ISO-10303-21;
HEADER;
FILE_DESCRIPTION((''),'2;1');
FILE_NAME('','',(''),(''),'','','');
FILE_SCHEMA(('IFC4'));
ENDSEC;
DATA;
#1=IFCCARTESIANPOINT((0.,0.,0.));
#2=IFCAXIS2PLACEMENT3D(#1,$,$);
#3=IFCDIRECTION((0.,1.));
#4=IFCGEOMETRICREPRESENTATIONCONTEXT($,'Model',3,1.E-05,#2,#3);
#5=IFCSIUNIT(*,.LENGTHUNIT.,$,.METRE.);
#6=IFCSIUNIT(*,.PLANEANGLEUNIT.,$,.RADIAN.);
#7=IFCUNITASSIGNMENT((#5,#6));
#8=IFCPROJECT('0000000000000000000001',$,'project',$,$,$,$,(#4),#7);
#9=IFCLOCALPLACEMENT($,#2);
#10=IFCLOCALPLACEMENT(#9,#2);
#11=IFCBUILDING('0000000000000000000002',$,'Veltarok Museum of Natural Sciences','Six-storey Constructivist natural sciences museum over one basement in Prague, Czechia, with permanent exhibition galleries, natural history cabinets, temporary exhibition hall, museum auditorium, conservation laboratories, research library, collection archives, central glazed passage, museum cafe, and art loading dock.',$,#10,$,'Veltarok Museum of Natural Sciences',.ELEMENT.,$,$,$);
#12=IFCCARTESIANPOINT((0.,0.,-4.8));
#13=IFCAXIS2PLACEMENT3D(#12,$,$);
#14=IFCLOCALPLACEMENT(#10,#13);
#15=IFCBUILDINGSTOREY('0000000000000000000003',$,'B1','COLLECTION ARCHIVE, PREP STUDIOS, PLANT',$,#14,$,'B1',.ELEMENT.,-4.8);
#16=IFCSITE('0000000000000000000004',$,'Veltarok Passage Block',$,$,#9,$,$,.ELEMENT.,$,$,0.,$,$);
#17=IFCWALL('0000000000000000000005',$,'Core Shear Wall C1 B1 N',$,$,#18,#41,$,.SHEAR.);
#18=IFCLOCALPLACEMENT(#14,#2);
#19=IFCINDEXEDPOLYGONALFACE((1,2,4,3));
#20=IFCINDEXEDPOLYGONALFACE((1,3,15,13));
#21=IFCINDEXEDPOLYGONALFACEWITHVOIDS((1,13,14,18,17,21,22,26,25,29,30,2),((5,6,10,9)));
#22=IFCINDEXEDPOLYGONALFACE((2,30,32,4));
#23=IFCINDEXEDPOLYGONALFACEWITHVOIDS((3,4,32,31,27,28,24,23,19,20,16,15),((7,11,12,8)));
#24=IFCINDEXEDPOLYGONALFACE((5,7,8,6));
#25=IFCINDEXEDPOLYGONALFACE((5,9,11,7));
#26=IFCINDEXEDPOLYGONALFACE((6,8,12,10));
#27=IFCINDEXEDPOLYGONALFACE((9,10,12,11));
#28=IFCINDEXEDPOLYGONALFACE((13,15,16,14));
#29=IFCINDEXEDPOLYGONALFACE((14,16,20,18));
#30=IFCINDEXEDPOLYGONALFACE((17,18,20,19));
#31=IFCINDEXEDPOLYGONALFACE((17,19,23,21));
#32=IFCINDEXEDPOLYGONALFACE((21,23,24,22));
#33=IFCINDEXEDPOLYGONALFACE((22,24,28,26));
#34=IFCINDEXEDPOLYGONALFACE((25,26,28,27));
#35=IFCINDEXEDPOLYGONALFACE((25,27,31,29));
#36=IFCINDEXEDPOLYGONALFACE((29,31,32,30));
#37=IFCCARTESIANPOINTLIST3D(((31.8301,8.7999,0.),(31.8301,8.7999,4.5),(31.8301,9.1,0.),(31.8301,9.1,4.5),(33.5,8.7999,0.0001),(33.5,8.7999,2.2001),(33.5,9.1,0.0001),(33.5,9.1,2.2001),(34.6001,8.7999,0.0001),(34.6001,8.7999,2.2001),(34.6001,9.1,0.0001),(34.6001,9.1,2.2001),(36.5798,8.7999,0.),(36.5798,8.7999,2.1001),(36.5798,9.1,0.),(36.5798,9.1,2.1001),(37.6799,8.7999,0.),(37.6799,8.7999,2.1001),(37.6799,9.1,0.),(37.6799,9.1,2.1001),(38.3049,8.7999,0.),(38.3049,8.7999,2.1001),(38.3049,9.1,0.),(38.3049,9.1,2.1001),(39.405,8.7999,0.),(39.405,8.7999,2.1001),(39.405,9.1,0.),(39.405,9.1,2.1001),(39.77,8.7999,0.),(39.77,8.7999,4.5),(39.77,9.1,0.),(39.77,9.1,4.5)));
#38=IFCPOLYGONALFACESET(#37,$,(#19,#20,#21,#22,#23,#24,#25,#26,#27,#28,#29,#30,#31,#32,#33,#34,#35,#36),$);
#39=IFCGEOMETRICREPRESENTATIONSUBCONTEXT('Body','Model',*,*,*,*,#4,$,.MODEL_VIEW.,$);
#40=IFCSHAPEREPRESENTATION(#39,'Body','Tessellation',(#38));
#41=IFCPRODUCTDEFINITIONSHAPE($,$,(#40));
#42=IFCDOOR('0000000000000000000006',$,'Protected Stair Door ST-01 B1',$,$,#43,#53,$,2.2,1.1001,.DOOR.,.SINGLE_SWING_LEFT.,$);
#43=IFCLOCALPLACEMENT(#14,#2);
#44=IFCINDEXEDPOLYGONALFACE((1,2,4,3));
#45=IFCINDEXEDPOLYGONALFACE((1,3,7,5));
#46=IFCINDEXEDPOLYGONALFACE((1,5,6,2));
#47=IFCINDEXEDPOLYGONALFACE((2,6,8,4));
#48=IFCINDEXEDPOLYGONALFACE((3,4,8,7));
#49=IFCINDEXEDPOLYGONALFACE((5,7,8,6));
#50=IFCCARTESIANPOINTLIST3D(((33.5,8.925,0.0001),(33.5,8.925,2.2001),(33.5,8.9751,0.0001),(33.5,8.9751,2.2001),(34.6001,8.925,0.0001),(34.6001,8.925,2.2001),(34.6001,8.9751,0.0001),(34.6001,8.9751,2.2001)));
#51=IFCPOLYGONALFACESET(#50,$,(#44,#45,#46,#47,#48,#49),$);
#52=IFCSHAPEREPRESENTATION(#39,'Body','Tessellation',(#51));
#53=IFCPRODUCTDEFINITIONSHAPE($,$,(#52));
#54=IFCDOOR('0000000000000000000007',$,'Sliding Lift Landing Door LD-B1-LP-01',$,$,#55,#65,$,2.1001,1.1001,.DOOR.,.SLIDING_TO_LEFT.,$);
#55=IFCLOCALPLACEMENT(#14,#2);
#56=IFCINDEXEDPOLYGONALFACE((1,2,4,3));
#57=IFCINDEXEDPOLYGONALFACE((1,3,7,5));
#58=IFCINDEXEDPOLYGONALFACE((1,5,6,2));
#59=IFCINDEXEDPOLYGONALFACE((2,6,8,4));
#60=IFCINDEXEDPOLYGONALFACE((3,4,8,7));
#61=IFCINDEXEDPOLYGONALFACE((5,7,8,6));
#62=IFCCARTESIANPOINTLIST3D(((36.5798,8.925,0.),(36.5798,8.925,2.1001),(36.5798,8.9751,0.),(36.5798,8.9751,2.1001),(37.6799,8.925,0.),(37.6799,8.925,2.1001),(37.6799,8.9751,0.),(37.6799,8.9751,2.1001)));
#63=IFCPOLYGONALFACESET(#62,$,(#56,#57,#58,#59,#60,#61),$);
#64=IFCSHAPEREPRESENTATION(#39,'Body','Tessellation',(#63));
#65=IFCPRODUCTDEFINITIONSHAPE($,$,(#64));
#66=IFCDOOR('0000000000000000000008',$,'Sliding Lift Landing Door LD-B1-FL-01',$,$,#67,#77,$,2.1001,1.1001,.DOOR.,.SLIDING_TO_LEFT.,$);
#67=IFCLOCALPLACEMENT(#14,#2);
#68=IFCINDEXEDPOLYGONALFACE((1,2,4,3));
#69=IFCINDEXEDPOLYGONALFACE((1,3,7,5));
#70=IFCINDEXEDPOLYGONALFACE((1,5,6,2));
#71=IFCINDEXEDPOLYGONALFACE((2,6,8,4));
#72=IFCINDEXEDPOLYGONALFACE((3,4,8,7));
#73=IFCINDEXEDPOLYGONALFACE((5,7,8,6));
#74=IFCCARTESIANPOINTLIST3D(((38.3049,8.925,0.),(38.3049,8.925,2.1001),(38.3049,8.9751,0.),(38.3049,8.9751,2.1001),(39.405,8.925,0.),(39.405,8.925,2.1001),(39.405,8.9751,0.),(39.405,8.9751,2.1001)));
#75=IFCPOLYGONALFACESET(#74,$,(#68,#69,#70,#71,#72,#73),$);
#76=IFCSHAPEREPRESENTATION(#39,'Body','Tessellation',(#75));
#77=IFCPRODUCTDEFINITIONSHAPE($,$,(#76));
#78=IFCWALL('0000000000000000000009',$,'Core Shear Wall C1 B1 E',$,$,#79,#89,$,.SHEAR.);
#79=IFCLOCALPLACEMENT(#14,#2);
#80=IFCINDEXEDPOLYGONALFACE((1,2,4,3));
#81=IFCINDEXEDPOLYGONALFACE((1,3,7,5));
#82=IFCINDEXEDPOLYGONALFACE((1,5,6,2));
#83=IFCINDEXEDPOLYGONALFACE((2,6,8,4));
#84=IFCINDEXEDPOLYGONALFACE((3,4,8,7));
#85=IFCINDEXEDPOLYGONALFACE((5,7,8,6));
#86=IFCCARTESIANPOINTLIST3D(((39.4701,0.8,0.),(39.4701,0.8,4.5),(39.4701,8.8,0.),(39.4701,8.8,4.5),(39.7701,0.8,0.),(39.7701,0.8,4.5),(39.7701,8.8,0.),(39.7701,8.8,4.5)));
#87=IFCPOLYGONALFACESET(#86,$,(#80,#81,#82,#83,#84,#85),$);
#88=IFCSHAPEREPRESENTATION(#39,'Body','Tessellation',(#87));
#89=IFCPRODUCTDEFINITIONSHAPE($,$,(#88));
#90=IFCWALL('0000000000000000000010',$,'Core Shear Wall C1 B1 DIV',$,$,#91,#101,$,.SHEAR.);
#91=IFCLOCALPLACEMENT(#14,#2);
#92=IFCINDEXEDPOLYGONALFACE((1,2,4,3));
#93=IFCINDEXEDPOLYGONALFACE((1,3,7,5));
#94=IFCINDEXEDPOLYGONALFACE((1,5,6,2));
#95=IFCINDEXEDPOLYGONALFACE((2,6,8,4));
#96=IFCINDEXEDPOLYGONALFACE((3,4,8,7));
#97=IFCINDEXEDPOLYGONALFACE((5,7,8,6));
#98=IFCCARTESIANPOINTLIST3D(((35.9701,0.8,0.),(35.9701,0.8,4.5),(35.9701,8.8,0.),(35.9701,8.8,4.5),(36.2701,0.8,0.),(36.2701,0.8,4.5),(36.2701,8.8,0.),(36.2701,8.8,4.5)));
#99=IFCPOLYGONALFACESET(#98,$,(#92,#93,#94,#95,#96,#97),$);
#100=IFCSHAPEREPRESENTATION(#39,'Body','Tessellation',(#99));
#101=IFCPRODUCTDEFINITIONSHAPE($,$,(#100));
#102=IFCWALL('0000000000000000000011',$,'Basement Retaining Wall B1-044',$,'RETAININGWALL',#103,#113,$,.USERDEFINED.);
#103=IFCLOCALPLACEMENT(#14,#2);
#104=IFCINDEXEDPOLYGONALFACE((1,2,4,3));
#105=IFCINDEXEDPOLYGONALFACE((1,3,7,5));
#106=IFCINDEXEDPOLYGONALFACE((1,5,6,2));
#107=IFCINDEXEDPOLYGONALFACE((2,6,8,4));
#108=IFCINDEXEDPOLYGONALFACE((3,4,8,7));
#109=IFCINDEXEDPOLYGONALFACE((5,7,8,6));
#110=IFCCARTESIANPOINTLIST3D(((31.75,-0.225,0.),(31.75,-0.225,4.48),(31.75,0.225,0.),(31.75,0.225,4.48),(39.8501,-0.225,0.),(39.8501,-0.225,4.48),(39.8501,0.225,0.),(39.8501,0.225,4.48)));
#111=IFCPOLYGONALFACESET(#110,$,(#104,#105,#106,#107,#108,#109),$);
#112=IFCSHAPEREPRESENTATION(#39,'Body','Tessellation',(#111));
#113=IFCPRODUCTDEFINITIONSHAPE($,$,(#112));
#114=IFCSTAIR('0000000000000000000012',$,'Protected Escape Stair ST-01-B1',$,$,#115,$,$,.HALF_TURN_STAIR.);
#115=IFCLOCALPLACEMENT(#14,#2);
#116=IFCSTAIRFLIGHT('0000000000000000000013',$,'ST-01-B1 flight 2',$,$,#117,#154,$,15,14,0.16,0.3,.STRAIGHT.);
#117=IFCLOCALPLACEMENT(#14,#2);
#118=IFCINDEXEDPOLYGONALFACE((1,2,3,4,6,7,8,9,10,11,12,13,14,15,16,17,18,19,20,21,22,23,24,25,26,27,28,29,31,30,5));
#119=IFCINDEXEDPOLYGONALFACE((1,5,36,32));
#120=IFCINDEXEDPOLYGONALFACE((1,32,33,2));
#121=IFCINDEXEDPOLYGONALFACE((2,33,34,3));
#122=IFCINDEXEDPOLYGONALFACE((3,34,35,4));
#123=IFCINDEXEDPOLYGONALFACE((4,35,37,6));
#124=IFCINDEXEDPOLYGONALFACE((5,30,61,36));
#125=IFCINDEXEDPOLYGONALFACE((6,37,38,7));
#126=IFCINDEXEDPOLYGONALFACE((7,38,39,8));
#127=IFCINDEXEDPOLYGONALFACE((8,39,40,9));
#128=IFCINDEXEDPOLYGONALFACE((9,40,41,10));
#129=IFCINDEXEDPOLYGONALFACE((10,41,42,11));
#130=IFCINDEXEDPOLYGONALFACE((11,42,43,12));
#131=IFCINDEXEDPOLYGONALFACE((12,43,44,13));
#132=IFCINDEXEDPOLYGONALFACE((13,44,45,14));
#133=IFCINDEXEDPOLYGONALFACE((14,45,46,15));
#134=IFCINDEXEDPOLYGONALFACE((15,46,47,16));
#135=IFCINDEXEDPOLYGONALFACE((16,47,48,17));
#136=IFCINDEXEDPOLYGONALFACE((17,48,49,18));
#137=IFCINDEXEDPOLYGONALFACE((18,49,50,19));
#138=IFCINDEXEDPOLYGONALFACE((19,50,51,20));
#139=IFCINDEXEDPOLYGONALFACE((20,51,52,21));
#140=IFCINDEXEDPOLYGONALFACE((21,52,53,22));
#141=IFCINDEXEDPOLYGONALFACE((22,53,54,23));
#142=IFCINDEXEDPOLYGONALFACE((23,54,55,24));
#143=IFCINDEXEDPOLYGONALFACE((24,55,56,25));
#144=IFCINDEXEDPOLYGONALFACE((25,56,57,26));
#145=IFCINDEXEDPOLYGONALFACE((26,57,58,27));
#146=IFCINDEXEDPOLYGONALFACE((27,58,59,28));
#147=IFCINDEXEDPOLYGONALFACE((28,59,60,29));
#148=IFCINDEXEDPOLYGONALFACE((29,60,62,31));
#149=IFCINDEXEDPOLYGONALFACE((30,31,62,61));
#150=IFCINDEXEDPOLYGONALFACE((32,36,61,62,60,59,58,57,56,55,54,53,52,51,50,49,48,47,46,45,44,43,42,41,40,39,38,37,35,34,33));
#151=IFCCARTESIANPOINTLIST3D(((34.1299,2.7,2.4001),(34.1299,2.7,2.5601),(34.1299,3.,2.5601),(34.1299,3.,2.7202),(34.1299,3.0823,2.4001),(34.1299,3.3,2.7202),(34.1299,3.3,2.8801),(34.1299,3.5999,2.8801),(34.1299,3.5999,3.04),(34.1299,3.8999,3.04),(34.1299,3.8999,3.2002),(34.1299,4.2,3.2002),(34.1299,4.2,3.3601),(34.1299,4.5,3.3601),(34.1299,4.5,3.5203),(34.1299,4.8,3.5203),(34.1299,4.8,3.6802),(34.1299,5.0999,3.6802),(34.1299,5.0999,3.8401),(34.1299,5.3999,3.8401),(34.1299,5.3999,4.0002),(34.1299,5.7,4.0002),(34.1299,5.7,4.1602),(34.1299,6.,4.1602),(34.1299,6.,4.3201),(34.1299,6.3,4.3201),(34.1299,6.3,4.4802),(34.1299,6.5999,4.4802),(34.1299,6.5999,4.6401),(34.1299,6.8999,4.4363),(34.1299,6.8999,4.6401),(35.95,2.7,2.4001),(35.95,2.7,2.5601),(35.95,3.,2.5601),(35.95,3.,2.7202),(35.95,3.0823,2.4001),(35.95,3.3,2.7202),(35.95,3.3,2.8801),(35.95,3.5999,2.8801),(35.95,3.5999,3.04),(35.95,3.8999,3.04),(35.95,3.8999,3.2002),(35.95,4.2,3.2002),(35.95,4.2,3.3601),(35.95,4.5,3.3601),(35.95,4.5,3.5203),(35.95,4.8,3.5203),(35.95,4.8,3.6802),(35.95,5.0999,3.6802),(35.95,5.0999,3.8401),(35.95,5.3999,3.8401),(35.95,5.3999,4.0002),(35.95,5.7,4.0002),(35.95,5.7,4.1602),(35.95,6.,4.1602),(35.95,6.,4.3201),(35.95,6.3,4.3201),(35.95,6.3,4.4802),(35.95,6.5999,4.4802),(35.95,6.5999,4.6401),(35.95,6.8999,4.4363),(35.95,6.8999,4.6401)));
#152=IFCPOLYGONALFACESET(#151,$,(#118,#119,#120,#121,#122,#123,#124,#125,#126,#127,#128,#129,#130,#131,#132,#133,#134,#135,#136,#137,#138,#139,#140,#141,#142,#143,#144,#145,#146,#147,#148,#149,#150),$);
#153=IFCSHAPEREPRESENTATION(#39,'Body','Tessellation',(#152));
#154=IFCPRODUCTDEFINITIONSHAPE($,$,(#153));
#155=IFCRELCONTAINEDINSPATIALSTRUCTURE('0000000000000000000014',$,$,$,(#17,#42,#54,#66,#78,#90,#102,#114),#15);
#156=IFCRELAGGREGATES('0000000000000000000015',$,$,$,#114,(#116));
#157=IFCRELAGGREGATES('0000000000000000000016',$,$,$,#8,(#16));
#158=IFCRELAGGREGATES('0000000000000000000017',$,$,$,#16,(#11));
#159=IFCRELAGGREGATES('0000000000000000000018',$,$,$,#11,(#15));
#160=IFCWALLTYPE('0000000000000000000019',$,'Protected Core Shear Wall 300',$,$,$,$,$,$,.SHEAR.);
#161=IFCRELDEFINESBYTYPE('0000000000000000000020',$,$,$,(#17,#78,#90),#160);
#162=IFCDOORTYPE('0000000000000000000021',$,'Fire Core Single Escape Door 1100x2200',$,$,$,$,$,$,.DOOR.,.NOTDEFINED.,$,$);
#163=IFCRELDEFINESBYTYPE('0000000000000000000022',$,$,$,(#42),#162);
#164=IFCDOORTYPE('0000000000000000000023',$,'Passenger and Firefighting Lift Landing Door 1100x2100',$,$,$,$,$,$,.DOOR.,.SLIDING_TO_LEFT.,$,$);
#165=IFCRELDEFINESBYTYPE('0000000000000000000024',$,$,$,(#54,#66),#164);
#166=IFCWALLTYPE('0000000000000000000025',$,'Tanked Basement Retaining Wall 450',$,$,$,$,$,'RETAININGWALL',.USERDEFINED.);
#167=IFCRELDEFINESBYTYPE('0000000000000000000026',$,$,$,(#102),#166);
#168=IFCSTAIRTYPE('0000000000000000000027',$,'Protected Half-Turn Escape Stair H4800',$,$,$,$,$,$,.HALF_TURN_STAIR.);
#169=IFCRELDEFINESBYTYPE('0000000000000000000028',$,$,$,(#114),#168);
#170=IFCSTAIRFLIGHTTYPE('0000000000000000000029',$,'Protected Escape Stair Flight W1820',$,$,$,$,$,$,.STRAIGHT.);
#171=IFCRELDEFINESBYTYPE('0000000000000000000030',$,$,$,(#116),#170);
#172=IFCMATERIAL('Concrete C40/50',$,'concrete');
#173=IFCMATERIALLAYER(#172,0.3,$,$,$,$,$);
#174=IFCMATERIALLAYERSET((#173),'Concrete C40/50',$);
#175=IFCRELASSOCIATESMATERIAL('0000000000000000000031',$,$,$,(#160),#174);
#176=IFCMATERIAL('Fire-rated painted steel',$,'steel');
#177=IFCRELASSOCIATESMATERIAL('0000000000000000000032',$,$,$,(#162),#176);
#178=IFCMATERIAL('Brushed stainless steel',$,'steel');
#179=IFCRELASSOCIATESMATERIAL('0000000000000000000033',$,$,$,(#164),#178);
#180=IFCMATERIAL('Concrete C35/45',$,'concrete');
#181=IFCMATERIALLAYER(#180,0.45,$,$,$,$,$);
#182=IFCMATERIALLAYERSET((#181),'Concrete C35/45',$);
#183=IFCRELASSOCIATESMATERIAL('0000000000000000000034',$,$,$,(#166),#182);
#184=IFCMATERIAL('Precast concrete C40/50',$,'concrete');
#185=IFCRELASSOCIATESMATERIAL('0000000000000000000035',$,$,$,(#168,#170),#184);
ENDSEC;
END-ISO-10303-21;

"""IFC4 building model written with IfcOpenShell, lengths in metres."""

from ifc_helpers import new_model, si_unit, direction, frame, frame_2d, origin, place, context, subcontext, project, spatial, polyline, rectangle, outline, extrude, material, layer, layer_set, type_object, element, fill, aggregate, save


model = new_model("IFC4")

# Units and contexts
model_context = context("Model", 3, precision=1e-05, world=origin(), true_north=direction((0.0, 1.0)))
body_context = subcontext(model_context, "Body", "Model", "MODEL_VIEW")
ifc_project = project(units=[si_unit("LENGTHUNIT", "METRE"), si_unit("PLANEANGLEUNIT", "RADIAN")], contexts=[model_context])

# Site, building, storey
site_placement = place(None, origin())
site = spatial("IfcSite", under=ifc_project, at=site_placement, Name="Veltarok Passage Block", CompositionType="ELEMENT", RefElevation=0.0)
building_placement = place(site_placement, origin())
building = spatial("IfcBuilding", under=site, at=building_placement, Name="Veltarok Museum of Natural Sciences", Description="Six-storey Constructivist natural sciences museum over one basement in Prague, Czechia, with permanent exhibition galleries, natural history cabinets, temporary exhibition hall, museum auditorium, conservation laboratories, research library, collection archives, central glazed passage, museum cafe, and art loading dock.", LongName="Veltarok Museum of Natural Sciences", CompositionType="ELEMENT")
storey_placement = place(building_placement, frame((0.0, 0.0, -4.8)))
storey = spatial("IfcBuildingStorey", under=building, at=storey_placement, Name="B1", Description="COLLECTION ARCHIVE, PREP STUDIOS, PLANT", LongName="B1", CompositionType="ELEMENT", Elevation=-4.8)

# Shared definitions
ifc_material_1 = material(Name="Concrete C35/45", Category="concrete")

# Shared definitions
ifc_material_2 = material(Name="Concrete C40/50", Category="concrete")

# Wall, openings, doors
ifc_layer_1 = layer(ifc_material_2, 0.3)
ifc_layer_set_1 = layer_set([ifc_layer_1], Name="Concrete C40/50")
wall_type_1 = type_object("IfcWallType", Name="Protected Core Shear Wall 300", PredefinedType="SHEAR", material=ifc_layer_set_1)
wall_1_placement = place(storey_placement, frame((39.77, 8.95, 0.0), z_axis=(0.0, 0.0, 1.0), x_axis=(-1.0, 0.0, 0.0)))
wall_1 = element("IfcWall", 1, at=wall_1_placement, inside=storey, type_object=wall_type_1, Name="Core Shear Wall C1 B1 N", PredefinedType="SHEAR", context=body_context, shape_type="SweptSolid", body=[
    extrude(rectangle(XDim=7.9399, YDim=0.3, at=frame_2d((3.97, 0.0))), origin(), (0.0, 0.0, 1.0), 4.5),
])
opening_1_placement = place(wall_1_placement, frame((5.1699, 0.0, 0.0)))
opening_1 = element("IfcOpeningElement", 2, at=opening_1_placement, cuts=wall_1, PredefinedType="OPENING", context=body_context, shape_type="SweptSolid", body=[
    extrude(rectangle(XDim=1.1001, YDim=2.2, at=frame_2d((0.55, 1.1001))), frame((0.0, 0.1602, 0.0), z_axis=(0.0, -1.0, 0.0), x_axis=(1.0, 0.0, 0.0)), (0.0, 0.0, 1.0), 0.3201),
])
opening_2_placement = place(wall_1_placement, frame((2.0901, 0.0, 0.0)))
opening_2 = element("IfcOpeningElement", 3, at=opening_2_placement, cuts=wall_1, PredefinedType="OPENING", context=body_context, shape_type="SweptSolid", body=[
    extrude(rectangle(XDim=1.1001, YDim=2.1001, at=frame_2d((0.55, 1.05))), frame((0.0, 0.1602, 0.0), z_axis=(0.0, -1.0, 0.0), x_axis=(1.0, 0.0, 0.0)), (0.0, 0.0, 1.0), 0.3201),
])
opening_3_placement = place(wall_1_placement, frame((0.365, 0.0, 0.0)))
opening_3 = element("IfcOpeningElement", 4, at=opening_3_placement, cuts=wall_1, PredefinedType="OPENING", context=body_context, shape_type="SweptSolid", body=[
    extrude(rectangle(XDim=1.1001, YDim=2.1001, at=frame_2d((0.55, 1.05))), frame((0.0, 0.1602, 0.0), z_axis=(0.0, -1.0, 0.0), x_axis=(1.0, 0.0, 0.0)), (0.0, 0.0, 1.0), 0.3201),
])
ifc_material_3 = material(Name="Fire-rated painted steel", Category="steel")
door_type_1 = type_object("IfcDoorType", Name="Fire Core Single Escape Door 1100x2200", OperationType="NOTDEFINED", PredefinedType="DOOR", material=ifc_material_3)
door_1_placement = place(opening_1_placement, origin())
door_1 = element("IfcDoor", 5, at=door_1_placement, inside=storey, type_object=door_type_1, Name="Protected Stair Door ST-01 B1", OperationType="SINGLE_SWING_LEFT", OverallHeight=2.2, OverallWidth=1.1001, PredefinedType="DOOR", context=body_context, shape_type="SweptSolid", body=[
    extrude(rectangle(XDim=1.1001, YDim=2.2, at=frame_2d((0.55, 1.1001))), frame((0.0, 0.0249, 0.0), z_axis=(0.0, -1.0, 0.0), x_axis=(1.0, 0.0, 0.0)), (0.0, 0.0, 1.0), 0.05),
])
fill(opening_1, door_1)
ifc_material_4 = material(Name="Brushed stainless steel", Category="steel")
door_type_2 = type_object("IfcDoorType", Name="Passenger and Firefighting Lift Landing Door 1100x2100", OperationType="SLIDING_TO_LEFT", PredefinedType="DOOR", material=ifc_material_4)
door_2_placement = place(opening_2_placement, origin())
door_2 = element("IfcDoor", 6, at=door_2_placement, inside=storey, type_object=door_type_2, Name="Sliding Lift Landing Door LD-B1-LP-01", OperationType="SLIDING_TO_LEFT", OverallHeight=2.1001, OverallWidth=1.1001, PredefinedType="DOOR", context=body_context, shape_type="SweptSolid", body=[
    extrude(rectangle(XDim=1.1001, YDim=2.1001, at=frame_2d((0.55, 1.05))), frame((0.0, 0.0249, 0.0), z_axis=(0.0, -1.0, 0.0), x_axis=(1.0, 0.0, 0.0)), (0.0, 0.0, 1.0), 0.05),
])
fill(opening_2, door_2)
door_3_placement = place(opening_3_placement, origin())
door_3 = element("IfcDoor", 7, at=door_3_placement, inside=storey, type_object=door_type_2, Name="Sliding Lift Landing Door LD-B1-FL-01", OperationType="SLIDING_TO_LEFT", OverallHeight=2.1001, OverallWidth=1.1001, PredefinedType="DOOR", context=body_context, shape_type="SweptSolid", body=[
    extrude(rectangle(XDim=1.1001, YDim=2.1001, at=frame_2d((0.55, 1.05))), frame((0.0, 0.0249, 0.0), z_axis=(0.0, -1.0, 0.0), x_axis=(1.0, 0.0, 0.0)), (0.0, 0.0, 1.0), 0.05),
])
fill(opening_3, door_3)

# Walls
for number, where, z_axis, x_axis, name in (
    (8, (39.6201, 0.8, 0.0), (0.0, 0.0, 1.0), (0.0, 1.0, 0.0), "Core Shear Wall C1 B1 E"),
    (9, (36.1201, 0.8, 0.0), (0.0, 0.0, 1.0), (0.0, 1.0, 0.0), "Core Shear Wall C1 B1 DIV"),
):
    element("IfcWall", number, at=place(storey_placement, frame(where, z_axis=z_axis, x_axis=x_axis)), inside=storey, type_object=wall_type_1, Name=name, PredefinedType="SHEAR", context=body_context, shape_type="SweptSolid", body=[
        extrude(rectangle(XDim=8.0, YDim=0.3, at=frame_2d((4.0, 0.0))), origin(), (0.0, 0.0, 1.0), 4.5),
    ])
ifc_layer_2 = layer(ifc_material_1, 0.45)
ifc_layer_set_2 = layer_set([ifc_layer_2], Name="Concrete C35/45")
wall_type_2 = type_object("IfcWallType", Name="Tanked Basement Retaining Wall 450", ElementType="RETAININGWALL", PredefinedType="USERDEFINED", material=ifc_layer_set_2)
wall_2_placement = place(storey_placement, frame((39.8501, 0.0, 0.0), z_axis=(0.0, 0.0, 1.0), x_axis=(-1.0, 0.0, 0.0)))
element("IfcWall", 10, at=wall_2_placement, inside=storey, type_object=wall_type_2, Name="Basement Retaining Wall B1-044", ObjectType="RETAININGWALL", PredefinedType="USERDEFINED", context=body_context, shape_type="SweptSolid", body=[
    extrude(rectangle(XDim=8.1001, YDim=0.45, at=frame_2d((4.05, 0.0))), origin(), (0.0, 0.0, 1.0), 4.48),
])

# Stair, stair flight
ifc_material_5 = material(Name="Precast concrete C40/50", Category="concrete")
stair_type = type_object("IfcStairType", Name="Protected Half-Turn Escape Stair H4800", PredefinedType="HALF_TURN_STAIR", material=ifc_material_5)
stair_placement = place(storey_placement, origin())
stair = element("IfcStair", 11, at=stair_placement, inside=storey, type_object=stair_type, Name="Protected Escape Stair ST-01-B1", PredefinedType="HALF_TURN_STAIR")
stair_flight_type = type_object("IfcStairFlightType", Name="Protected Escape Stair Flight W1820", PredefinedType="STRAIGHT", material=ifc_material_5)
stair_flight_placement = place(storey_placement, frame((35.04, 2.7, 2.4001), z_axis=(0.0, 0.0, 1.0), x_axis=(0.0, 1.0, 0.0)))
stair_flight = element("IfcStairFlight", 12, at=stair_flight_placement, type_object=stair_flight_type, Name="ST-01-B1 flight 2", NumberOfRisers=15, NumberOfTreads=14, PredefinedType="STRAIGHT", RiserHeight=0.16, TreadLength=0.3, context=body_context, shape_type="SweptSolid", body=[
    extrude(outline(polyline([(0.0, 0.0), (0.0, 0.1599), (0.3, 0.1599), (0.3, 0.3201), (0.6001, 0.3201), (0.6001, 0.48), (0.8999, 0.48), (0.8999, 0.6399), (1.2, 0.6399), (1.2, 0.8), (1.5, 0.8), (1.5, 0.96), (1.8, 0.96), (1.8, 1.1201), (2.1001, 1.1201), (2.1001, 1.28), (2.3999, 1.28), (2.3999, 1.4399), (2.7, 1.4399), (2.7, 1.6001), (3.0, 1.6001), (3.0, 1.76), (3.3, 1.76), (3.3, 1.9199), (3.6001, 1.9199), (3.6001, 2.0801), (3.8999, 2.0801), (3.8999, 2.24), (4.2, 2.24), (4.2, 2.3999), (4.2, 2.0361), (0.3823, 0.0), (0.0, 0.0)])), frame((0.0, 0.9102, 0.0), z_axis=(0.0, -1.0, 0.0), x_axis=(1.0, 0.0, 0.0)), (0.0, 0.0, 1.0), 1.8201),
])
aggregate(stair, [stair_flight])

save(model, "model.ifc")
